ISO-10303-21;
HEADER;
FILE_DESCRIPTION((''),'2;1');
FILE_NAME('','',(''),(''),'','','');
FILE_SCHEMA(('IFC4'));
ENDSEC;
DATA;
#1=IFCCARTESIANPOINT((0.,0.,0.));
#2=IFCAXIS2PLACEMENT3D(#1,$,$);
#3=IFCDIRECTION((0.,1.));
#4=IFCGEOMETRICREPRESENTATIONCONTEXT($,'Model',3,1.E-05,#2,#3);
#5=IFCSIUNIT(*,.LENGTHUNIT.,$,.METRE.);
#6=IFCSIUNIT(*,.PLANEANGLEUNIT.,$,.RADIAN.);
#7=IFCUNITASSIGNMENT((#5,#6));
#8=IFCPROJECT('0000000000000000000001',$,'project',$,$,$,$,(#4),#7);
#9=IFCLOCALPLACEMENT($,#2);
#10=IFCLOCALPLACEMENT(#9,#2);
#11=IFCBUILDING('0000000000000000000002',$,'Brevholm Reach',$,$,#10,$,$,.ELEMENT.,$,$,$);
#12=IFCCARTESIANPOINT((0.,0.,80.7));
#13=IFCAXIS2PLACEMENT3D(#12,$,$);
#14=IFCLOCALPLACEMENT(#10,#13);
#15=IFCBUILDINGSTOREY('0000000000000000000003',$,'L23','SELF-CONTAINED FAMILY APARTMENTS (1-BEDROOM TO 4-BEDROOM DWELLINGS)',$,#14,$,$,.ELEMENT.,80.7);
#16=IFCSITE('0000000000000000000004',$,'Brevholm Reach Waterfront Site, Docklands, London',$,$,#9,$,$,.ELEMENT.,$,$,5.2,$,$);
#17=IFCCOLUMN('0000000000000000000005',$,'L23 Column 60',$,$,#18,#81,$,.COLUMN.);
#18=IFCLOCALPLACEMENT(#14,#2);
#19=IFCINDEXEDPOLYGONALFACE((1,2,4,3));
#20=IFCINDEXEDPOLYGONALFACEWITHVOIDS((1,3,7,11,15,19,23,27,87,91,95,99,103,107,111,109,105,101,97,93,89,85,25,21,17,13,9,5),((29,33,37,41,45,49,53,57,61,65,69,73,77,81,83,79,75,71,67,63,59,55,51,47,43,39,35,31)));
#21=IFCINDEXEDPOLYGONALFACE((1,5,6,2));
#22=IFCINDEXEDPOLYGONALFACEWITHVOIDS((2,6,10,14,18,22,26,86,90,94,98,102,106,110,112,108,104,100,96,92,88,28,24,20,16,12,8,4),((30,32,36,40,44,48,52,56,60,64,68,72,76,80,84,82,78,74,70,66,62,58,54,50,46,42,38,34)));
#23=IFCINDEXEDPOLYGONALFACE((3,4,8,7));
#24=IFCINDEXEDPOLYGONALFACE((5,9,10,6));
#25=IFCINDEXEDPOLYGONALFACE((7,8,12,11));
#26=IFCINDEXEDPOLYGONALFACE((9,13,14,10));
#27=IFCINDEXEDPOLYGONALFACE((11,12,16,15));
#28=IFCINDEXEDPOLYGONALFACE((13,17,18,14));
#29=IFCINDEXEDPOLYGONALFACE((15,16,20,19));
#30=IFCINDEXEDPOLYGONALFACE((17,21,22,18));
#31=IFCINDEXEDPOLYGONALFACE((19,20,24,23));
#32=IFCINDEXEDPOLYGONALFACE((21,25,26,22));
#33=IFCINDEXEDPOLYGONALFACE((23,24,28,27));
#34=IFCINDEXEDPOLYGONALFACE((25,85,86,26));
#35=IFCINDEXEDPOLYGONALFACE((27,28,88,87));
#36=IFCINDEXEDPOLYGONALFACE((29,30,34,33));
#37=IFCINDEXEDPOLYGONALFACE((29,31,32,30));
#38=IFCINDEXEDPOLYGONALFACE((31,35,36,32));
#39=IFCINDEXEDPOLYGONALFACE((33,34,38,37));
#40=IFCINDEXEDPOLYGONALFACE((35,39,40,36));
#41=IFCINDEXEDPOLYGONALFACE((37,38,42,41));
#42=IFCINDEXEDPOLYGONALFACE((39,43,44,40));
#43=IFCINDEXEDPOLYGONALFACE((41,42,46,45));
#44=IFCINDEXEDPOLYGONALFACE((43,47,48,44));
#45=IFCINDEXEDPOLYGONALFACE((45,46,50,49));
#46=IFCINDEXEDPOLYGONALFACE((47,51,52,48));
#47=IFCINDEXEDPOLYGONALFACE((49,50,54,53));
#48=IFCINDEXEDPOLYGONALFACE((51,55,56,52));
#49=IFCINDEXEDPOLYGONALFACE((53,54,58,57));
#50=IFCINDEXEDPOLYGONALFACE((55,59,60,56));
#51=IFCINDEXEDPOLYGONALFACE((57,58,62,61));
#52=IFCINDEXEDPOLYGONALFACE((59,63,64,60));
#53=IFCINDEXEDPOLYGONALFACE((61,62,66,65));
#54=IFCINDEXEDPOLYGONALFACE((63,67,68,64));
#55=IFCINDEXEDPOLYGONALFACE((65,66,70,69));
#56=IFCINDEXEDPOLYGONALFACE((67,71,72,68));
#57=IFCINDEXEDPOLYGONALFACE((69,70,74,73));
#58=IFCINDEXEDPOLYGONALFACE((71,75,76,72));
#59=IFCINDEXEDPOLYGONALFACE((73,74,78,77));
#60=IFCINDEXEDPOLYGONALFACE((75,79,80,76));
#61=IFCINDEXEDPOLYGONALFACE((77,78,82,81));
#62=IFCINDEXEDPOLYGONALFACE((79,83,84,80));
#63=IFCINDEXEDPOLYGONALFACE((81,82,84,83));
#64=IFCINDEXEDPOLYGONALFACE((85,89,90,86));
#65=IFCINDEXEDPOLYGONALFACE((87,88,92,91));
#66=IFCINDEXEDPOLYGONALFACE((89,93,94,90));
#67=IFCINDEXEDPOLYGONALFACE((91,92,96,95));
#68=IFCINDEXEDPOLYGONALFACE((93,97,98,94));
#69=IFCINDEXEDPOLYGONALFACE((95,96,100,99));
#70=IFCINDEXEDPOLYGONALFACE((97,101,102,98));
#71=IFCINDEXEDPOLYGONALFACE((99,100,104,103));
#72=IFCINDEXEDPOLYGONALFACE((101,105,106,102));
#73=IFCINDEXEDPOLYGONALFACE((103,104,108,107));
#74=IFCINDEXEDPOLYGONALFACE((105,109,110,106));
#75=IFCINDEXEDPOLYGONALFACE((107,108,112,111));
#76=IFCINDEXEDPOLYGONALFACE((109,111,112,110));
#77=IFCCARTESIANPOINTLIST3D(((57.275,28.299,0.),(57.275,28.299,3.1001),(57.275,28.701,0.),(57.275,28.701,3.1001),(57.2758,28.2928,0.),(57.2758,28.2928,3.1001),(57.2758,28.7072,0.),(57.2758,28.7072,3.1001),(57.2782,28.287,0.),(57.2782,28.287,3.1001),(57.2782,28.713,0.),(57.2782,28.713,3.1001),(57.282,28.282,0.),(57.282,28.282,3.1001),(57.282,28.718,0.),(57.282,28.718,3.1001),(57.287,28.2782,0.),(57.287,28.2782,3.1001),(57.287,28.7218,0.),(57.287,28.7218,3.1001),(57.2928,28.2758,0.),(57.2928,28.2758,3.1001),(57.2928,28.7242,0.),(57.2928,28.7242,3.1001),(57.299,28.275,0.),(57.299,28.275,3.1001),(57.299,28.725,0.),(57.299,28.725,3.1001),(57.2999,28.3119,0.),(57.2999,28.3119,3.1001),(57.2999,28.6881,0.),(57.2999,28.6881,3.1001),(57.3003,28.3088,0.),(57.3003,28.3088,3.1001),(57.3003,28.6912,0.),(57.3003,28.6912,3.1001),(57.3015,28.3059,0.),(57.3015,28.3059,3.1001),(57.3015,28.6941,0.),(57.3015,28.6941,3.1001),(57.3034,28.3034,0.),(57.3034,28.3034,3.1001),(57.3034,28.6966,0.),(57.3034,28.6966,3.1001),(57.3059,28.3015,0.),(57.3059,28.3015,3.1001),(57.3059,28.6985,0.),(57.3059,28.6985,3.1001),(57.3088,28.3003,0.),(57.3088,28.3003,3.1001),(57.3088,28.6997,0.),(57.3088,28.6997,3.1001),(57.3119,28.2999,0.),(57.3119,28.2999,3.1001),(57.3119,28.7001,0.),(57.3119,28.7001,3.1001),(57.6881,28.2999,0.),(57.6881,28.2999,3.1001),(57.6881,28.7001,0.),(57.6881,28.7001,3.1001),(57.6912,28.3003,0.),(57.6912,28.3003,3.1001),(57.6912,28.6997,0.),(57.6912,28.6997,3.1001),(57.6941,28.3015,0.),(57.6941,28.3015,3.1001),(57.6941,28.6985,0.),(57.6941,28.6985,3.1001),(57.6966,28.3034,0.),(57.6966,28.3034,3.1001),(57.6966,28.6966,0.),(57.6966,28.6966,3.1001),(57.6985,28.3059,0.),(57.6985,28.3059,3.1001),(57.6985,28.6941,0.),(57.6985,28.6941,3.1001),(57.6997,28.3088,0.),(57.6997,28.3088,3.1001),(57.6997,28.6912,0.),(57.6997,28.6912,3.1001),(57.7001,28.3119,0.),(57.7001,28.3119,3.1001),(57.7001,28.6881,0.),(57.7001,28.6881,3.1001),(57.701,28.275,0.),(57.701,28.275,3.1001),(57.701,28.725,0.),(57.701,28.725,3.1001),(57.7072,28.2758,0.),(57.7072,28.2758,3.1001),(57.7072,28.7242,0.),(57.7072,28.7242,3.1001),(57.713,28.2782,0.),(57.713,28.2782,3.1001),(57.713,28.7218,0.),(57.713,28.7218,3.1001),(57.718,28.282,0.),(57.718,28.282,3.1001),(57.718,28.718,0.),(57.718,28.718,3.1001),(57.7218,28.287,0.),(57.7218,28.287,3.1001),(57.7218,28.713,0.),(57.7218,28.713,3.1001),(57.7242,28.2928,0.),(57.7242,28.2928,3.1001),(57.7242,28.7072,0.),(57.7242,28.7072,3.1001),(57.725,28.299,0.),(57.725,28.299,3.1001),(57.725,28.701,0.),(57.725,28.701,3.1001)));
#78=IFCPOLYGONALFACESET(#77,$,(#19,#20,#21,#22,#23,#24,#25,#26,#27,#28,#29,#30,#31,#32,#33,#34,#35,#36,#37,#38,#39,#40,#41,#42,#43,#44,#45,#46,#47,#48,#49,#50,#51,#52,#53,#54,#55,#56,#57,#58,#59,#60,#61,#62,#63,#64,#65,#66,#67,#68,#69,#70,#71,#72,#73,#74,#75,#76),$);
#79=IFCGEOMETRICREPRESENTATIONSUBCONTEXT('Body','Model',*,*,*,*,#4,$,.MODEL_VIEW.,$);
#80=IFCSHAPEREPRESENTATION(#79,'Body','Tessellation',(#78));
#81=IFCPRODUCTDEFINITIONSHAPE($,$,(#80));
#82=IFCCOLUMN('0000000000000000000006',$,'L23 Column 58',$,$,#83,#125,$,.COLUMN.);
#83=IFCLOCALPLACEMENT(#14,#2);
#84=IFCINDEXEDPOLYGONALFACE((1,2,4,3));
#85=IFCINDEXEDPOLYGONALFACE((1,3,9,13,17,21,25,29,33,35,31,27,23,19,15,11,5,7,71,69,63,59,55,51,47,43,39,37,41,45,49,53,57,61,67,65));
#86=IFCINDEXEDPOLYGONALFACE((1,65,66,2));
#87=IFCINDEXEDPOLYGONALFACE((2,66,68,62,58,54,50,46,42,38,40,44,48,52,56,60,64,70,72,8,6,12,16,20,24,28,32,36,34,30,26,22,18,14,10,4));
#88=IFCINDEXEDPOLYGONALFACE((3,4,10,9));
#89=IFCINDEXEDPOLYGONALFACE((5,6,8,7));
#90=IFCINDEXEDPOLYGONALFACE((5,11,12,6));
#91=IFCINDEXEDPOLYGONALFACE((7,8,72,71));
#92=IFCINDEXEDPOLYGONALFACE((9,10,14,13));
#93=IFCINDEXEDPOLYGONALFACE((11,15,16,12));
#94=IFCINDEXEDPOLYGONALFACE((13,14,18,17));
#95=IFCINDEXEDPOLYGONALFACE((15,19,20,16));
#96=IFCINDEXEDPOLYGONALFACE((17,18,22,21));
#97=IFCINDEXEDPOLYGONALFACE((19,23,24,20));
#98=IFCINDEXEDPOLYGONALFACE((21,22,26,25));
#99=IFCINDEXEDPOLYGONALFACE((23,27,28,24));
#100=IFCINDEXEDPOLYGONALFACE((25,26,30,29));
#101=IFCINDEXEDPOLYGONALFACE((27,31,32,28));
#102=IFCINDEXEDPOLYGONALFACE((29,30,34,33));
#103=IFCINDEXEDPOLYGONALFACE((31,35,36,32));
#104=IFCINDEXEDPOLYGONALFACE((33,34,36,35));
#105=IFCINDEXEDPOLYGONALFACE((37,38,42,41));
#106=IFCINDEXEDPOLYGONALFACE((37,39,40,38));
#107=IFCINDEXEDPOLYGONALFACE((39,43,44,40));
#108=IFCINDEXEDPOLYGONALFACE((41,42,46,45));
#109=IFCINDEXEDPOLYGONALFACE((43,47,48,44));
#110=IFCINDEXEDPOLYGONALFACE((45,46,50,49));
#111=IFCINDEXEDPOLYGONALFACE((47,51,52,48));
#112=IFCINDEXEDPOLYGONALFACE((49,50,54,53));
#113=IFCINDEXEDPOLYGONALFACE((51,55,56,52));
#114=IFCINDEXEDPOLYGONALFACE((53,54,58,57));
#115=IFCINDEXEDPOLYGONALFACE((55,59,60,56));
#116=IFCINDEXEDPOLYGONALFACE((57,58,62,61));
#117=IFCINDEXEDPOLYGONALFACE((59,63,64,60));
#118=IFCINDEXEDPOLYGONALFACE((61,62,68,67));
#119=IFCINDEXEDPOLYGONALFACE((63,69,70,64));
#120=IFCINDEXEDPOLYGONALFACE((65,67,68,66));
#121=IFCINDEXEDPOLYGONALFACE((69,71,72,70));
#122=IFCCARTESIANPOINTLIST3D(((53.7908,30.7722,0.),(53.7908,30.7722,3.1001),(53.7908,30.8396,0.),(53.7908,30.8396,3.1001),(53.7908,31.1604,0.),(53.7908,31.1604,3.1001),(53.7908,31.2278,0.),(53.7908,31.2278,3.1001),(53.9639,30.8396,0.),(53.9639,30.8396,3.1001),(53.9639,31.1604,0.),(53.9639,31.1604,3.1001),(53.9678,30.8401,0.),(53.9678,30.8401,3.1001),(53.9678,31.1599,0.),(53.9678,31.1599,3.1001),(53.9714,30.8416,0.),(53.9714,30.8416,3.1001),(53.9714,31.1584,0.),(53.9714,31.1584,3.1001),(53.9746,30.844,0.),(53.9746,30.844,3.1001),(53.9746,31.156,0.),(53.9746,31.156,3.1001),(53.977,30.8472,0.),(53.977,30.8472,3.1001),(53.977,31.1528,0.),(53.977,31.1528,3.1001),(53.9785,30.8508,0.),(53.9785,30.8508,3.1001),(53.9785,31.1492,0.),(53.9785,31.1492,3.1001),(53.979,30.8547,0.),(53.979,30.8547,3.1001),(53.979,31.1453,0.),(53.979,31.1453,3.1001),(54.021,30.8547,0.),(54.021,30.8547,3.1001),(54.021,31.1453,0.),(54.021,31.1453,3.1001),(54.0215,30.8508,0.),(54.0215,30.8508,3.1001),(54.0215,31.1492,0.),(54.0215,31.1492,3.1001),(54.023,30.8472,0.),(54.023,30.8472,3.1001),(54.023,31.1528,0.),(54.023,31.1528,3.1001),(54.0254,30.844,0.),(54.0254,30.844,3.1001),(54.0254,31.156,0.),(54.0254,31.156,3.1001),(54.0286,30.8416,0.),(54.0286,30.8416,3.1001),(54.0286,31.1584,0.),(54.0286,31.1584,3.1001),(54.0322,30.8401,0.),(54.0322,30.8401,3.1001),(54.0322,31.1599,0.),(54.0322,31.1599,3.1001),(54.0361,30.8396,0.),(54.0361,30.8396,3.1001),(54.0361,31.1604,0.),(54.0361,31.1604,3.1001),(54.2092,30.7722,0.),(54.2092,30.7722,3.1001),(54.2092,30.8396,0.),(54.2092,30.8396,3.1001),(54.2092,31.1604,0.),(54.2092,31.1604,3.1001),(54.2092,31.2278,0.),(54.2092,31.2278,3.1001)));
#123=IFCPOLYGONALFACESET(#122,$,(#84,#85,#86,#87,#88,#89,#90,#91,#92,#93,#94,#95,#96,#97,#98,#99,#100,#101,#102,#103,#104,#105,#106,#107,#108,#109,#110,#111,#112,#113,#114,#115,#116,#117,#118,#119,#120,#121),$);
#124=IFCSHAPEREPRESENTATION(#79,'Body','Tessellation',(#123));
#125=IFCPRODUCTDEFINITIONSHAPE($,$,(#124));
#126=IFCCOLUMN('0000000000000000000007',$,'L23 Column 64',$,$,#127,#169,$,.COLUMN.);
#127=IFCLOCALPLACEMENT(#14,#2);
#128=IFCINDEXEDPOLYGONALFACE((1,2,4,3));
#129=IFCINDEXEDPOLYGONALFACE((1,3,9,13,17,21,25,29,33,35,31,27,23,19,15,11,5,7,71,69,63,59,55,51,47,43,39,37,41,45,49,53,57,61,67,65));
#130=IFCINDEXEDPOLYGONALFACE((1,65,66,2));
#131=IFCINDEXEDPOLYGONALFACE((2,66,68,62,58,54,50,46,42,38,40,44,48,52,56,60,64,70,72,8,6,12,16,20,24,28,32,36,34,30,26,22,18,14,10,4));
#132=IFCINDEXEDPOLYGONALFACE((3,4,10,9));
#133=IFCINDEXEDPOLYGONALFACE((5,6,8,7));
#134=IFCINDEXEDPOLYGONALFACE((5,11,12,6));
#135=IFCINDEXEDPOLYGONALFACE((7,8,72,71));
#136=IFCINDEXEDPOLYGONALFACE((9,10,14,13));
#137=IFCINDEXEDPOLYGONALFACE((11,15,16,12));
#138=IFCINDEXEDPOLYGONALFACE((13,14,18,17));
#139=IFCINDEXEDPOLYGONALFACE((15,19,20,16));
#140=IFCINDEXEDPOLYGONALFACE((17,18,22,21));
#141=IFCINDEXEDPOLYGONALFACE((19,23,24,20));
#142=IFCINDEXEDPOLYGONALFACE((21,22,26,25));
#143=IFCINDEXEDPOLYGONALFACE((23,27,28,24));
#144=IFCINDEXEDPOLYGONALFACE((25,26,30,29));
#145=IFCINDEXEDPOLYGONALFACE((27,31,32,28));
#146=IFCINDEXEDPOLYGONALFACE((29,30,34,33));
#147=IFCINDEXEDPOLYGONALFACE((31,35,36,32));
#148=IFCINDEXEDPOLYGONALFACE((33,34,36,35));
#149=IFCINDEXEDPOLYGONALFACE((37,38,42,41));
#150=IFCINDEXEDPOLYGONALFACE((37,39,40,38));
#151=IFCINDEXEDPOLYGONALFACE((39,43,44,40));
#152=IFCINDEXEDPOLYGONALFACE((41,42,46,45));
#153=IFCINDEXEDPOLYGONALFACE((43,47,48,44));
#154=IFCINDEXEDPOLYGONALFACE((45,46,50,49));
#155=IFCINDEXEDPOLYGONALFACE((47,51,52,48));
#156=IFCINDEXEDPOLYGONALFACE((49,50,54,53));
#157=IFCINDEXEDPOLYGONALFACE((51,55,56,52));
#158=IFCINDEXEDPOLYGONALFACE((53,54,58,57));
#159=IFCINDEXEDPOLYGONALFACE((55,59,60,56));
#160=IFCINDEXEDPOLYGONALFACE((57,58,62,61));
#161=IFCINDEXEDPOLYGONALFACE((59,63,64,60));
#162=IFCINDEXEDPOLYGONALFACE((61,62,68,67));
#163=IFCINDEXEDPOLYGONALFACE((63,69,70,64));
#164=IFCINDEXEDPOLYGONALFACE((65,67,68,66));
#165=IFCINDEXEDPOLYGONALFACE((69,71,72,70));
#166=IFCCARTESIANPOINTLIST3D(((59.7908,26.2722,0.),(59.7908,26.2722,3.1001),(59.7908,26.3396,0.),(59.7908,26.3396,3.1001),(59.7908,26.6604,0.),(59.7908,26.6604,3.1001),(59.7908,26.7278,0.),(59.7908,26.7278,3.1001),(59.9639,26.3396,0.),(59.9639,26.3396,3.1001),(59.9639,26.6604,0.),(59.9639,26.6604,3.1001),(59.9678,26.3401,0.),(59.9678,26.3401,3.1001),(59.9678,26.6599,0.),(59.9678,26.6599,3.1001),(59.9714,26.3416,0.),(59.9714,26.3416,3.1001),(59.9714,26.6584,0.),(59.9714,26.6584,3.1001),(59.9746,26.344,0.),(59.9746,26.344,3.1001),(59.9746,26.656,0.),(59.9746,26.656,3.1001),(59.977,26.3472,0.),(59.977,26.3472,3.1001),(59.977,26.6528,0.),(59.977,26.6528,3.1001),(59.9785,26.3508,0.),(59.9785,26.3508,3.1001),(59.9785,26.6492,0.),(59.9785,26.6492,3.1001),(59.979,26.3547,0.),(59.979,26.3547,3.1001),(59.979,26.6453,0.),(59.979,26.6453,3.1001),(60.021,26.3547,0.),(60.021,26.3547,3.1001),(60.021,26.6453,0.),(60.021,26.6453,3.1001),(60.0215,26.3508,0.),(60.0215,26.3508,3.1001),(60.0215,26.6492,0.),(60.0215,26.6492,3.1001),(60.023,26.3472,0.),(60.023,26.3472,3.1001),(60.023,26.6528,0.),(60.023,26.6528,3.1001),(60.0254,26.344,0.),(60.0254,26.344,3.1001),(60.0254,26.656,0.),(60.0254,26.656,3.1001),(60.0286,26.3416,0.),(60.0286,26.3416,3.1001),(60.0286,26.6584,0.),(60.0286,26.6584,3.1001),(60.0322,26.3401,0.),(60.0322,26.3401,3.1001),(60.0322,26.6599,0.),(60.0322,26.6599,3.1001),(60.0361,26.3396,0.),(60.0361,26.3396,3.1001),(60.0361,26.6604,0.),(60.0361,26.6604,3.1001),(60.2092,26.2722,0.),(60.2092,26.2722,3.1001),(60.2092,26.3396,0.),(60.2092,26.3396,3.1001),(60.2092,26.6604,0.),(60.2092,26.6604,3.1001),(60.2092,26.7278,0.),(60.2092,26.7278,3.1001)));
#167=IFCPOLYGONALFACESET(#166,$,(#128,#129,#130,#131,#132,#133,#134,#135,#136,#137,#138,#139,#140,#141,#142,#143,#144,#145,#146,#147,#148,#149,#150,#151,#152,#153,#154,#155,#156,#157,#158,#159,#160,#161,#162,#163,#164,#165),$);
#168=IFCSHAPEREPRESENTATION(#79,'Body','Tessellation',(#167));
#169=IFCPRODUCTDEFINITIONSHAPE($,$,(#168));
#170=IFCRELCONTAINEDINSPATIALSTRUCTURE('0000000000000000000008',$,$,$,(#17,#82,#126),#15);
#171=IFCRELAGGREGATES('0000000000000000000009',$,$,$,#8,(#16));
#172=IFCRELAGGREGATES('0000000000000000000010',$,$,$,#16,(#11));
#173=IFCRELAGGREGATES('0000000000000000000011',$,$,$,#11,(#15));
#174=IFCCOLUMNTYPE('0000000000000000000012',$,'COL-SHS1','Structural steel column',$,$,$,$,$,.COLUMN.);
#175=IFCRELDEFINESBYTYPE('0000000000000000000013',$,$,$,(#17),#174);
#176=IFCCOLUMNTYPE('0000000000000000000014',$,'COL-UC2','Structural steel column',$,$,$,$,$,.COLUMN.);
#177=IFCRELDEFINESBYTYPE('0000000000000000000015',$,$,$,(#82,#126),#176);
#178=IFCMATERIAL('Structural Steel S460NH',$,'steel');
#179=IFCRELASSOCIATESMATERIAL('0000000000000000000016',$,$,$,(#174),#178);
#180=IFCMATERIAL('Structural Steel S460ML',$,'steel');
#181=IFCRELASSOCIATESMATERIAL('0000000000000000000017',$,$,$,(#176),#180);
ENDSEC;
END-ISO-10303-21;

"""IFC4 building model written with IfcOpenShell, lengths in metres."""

from ifc_helpers import new_model, si_unit, direction, frame, origin, origin_2d, place, context, subcontext, project, spatial, hollow_rectangle, i_section, extrude, material, material_profile, profile_set, type_object, element, save


model = new_model("IFC4")

# Units and contexts
model_context = context("Model", 3, precision=1e-05, world=origin(), true_north=direction((0.0, 1.0)))
body_context = subcontext(model_context, "Body", "Model", "MODEL_VIEW")
ifc_project = project(units=[si_unit("LENGTHUNIT", "METRE"), si_unit("PLANEANGLEUNIT", "RADIAN")], contexts=[model_context])

# Site, building, storey
site_placement = place(None, origin())
site = spatial("IfcSite", under=ifc_project, at=site_placement, Name="Brevholm Reach Waterfront Site, Docklands, London", CompositionType="ELEMENT", RefElevation=5.2)
building_placement = place(site_placement, origin())
building = spatial("IfcBuilding", under=site, at=building_placement, Name="Brevholm Reach", CompositionType="ELEMENT")
storey_placement = place(building_placement, frame((0.0, 0.0, 80.7)))
storey = spatial("IfcBuildingStorey", under=building, at=storey_placement, Name="L23", Description="SELF-CONTAINED FAMILY APARTMENTS (1-BEDROOM TO 4-BEDROOM DWELLINGS)", CompositionType="ELEMENT", Elevation=80.7)

# Columns
ifc_material_1 = material(Name="Structural Steel S460NH", Category="steel")
ifc_material_profile_1 = material_profile(ifc_material_1, hollow_rectangle(XDim=0.45, YDim=0.45, WallThickness=0.0249, InnerFilletRadius=0.012, OuterFilletRadius=0.0239, at=origin_2d()), Name="SHS 450x450x25")
ifc_profile_set_1 = profile_set([ifc_material_profile_1], Name="Structural Steel S460NH")
column_type_1 = type_object("IfcColumnType", Name="COL-SHS1", Description="Structural steel column", PredefinedType="COLUMN", material=ifc_profile_set_1)
column_1_placement = place(storey_placement, frame((57.5, 28.5, 0.0), z_axis=(0.0, 0.0, 1.0), x_axis=(1.0, 0.0, 0.0)))
element("IfcColumn", 1, at=column_1_placement, inside=storey, type_object=column_type_1, Name="L23 Column 60", PredefinedType="COLUMN", context=body_context, shape_type="SweptSolid", body=[
    extrude(hollow_rectangle(XDim=0.45, YDim=0.45, WallThickness=0.0249, InnerFilletRadius=0.012, OuterFilletRadius=0.0239, at=origin_2d()), origin(), (0.0, 0.0, 1.0), 3.1001),
])
ifc_material_2 = material(Name="Structural Steel S460ML", Category="steel")
ifc_material_profile_2 = material_profile(ifc_material_2, i_section(OverallWidth=0.4185, OverallDepth=0.4556, WebThickness=0.042, FlangeThickness=0.0674, FilletRadius=0.0151, at=origin_2d()), Name="UKC 356x406x551")
ifc_profile_set_2 = profile_set([ifc_material_profile_2], Name="Structural Steel S460ML")
column_type_2 = type_object("IfcColumnType", Name="COL-UC2", Description="Structural steel column", PredefinedType="COLUMN", material=ifc_profile_set_2)
for number, where, z_axis, x_axis, name in (
    (2, (54.0, 31.0, 0.0), (0.0, 0.0, 1.0), (1.0, 0.0, 0.0), "L23 Column 58"),
    (3, (60.0, 26.5, 0.0), (0.0, 0.0, 1.0), (1.0, 0.0, 0.0), "L23 Column 64"),
):
    element("IfcColumn", number, at=place(storey_placement, frame(where, z_axis=z_axis, x_axis=x_axis)), inside=storey, type_object=column_type_2, Name=name, PredefinedType="COLUMN", context=body_context, shape_type="SweptSolid", body=[
        extrude(i_section(OverallWidth=0.4185, OverallDepth=0.4556, WebThickness=0.042, FlangeThickness=0.0674, FilletRadius=0.0151, at=origin_2d()), origin(), (0.0, 0.0, 1.0), 3.1001),
    ])

save(model, "model.ifc")
